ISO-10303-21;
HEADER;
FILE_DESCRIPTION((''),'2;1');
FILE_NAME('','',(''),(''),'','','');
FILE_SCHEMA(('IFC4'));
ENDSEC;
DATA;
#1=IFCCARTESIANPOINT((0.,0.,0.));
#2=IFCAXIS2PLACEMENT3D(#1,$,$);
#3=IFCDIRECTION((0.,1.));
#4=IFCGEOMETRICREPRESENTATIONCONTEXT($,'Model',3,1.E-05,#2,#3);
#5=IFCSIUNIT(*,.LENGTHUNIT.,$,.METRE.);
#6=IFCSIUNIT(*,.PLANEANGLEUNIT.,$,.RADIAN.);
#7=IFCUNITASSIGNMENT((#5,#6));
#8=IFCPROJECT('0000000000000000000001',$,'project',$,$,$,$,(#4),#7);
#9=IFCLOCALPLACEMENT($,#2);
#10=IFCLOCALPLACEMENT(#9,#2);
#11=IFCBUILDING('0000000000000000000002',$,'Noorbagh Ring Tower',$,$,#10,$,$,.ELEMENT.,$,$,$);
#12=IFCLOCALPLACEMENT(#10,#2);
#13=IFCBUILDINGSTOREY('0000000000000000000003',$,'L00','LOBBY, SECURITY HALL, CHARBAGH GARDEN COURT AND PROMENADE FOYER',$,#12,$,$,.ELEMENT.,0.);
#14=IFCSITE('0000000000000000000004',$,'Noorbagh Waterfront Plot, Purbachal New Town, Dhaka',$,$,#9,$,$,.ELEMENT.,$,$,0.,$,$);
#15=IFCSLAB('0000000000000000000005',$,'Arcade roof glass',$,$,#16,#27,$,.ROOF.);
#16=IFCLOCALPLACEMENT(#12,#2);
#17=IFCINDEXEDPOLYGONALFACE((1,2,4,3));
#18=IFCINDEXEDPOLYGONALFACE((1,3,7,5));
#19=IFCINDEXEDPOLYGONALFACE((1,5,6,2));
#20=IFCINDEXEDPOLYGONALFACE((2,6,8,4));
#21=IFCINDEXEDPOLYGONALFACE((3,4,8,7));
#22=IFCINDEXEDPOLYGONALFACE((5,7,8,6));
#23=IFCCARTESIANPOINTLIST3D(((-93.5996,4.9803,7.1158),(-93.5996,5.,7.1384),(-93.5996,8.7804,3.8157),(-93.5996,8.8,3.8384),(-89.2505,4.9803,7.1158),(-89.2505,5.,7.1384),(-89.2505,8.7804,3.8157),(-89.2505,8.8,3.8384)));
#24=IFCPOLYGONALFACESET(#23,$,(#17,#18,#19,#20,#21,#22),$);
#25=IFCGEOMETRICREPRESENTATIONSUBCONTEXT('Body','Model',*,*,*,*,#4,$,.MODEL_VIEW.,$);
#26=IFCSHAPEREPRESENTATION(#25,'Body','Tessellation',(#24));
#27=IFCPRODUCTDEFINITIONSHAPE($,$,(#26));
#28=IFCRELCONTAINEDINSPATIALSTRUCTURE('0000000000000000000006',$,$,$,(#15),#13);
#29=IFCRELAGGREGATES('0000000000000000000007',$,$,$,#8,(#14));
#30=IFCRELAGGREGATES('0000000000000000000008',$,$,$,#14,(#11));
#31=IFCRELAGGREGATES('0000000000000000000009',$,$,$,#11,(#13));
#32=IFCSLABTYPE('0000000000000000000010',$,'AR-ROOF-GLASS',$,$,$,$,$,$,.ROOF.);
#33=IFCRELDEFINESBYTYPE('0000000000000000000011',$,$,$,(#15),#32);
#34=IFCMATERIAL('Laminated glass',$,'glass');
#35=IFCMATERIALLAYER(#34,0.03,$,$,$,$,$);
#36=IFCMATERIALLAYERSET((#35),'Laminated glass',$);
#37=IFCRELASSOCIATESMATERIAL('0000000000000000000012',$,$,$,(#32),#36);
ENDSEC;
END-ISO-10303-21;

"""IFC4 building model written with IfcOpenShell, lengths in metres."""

from ifc_helpers import new_model, si_unit, direction, frame, origin, place, context, subcontext, project, spatial, polyline, outline, extrude, material, layer, layer_set, type_object, element, save


model = new_model("IFC4")

# Units and contexts
model_context = context("Model", 3, precision=1e-05, world=origin(), true_north=direction((0.0, 1.0)))
body_context = subcontext(model_context, "Body", "Model", "MODEL_VIEW")
ifc_project = project(units=[si_unit("LENGTHUNIT", "METRE"), si_unit("PLANEANGLEUNIT", "RADIAN")], contexts=[model_context])

# Site, building, storey
site_placement = place(None, origin())
site = spatial("IfcSite", under=ifc_project, at=site_placement, Name="Noorbagh Waterfront Plot, Purbachal New Town, Dhaka", CompositionType="ELEMENT", RefElevation=0.0)
building_placement = place(site_placement, origin())
building = spatial("IfcBuilding", under=site, at=building_placement, Name="Noorbagh Ring Tower", CompositionType="ELEMENT")
storey_placement = place(building_placement, origin())
storey = spatial("IfcBuildingStorey", under=building, at=storey_placement, Name="L00", Description="LOBBY, SECURITY HALL, CHARBAGH GARDEN COURT AND PROMENADE FOYER", CompositionType="ELEMENT", Elevation=0.0)

# Slab
ifc_material_1 = material(Name="Laminated glass", Category="glass")
ifc_layer_1 = layer(ifc_material_1, 0.03)
ifc_layer_set_1 = layer_set([ifc_layer_1], Name="Laminated glass")
slab_type = type_object("IfcSlabType", Name="AR-ROOF-GLASS", PredefinedType="ROOF", material=ifc_layer_set_1)
slab_placement = place(storey_placement, frame((-93.5996, 8.8, 3.8384), z_axis=(0.0, 0.655687, 0.755032), x_axis=(1.0, 0.0, 0.0)))
element("IfcSlab", 1, at=slab_placement, inside=storey, type_object=slab_type, Name="Arcade roof glass", PredefinedType="ROOF", context=body_context, shape_type="SweptSolid", body=[
    extrude(outline(polyline([(0.0, 0.0), (4.3491, 0.0), (4.3491, -5.033), (0.0, -5.033), (0.0, 0.0)])), origin(), (0.0, 0.0, -1.0), 0.03),
])

save(model, "model.ifc")
